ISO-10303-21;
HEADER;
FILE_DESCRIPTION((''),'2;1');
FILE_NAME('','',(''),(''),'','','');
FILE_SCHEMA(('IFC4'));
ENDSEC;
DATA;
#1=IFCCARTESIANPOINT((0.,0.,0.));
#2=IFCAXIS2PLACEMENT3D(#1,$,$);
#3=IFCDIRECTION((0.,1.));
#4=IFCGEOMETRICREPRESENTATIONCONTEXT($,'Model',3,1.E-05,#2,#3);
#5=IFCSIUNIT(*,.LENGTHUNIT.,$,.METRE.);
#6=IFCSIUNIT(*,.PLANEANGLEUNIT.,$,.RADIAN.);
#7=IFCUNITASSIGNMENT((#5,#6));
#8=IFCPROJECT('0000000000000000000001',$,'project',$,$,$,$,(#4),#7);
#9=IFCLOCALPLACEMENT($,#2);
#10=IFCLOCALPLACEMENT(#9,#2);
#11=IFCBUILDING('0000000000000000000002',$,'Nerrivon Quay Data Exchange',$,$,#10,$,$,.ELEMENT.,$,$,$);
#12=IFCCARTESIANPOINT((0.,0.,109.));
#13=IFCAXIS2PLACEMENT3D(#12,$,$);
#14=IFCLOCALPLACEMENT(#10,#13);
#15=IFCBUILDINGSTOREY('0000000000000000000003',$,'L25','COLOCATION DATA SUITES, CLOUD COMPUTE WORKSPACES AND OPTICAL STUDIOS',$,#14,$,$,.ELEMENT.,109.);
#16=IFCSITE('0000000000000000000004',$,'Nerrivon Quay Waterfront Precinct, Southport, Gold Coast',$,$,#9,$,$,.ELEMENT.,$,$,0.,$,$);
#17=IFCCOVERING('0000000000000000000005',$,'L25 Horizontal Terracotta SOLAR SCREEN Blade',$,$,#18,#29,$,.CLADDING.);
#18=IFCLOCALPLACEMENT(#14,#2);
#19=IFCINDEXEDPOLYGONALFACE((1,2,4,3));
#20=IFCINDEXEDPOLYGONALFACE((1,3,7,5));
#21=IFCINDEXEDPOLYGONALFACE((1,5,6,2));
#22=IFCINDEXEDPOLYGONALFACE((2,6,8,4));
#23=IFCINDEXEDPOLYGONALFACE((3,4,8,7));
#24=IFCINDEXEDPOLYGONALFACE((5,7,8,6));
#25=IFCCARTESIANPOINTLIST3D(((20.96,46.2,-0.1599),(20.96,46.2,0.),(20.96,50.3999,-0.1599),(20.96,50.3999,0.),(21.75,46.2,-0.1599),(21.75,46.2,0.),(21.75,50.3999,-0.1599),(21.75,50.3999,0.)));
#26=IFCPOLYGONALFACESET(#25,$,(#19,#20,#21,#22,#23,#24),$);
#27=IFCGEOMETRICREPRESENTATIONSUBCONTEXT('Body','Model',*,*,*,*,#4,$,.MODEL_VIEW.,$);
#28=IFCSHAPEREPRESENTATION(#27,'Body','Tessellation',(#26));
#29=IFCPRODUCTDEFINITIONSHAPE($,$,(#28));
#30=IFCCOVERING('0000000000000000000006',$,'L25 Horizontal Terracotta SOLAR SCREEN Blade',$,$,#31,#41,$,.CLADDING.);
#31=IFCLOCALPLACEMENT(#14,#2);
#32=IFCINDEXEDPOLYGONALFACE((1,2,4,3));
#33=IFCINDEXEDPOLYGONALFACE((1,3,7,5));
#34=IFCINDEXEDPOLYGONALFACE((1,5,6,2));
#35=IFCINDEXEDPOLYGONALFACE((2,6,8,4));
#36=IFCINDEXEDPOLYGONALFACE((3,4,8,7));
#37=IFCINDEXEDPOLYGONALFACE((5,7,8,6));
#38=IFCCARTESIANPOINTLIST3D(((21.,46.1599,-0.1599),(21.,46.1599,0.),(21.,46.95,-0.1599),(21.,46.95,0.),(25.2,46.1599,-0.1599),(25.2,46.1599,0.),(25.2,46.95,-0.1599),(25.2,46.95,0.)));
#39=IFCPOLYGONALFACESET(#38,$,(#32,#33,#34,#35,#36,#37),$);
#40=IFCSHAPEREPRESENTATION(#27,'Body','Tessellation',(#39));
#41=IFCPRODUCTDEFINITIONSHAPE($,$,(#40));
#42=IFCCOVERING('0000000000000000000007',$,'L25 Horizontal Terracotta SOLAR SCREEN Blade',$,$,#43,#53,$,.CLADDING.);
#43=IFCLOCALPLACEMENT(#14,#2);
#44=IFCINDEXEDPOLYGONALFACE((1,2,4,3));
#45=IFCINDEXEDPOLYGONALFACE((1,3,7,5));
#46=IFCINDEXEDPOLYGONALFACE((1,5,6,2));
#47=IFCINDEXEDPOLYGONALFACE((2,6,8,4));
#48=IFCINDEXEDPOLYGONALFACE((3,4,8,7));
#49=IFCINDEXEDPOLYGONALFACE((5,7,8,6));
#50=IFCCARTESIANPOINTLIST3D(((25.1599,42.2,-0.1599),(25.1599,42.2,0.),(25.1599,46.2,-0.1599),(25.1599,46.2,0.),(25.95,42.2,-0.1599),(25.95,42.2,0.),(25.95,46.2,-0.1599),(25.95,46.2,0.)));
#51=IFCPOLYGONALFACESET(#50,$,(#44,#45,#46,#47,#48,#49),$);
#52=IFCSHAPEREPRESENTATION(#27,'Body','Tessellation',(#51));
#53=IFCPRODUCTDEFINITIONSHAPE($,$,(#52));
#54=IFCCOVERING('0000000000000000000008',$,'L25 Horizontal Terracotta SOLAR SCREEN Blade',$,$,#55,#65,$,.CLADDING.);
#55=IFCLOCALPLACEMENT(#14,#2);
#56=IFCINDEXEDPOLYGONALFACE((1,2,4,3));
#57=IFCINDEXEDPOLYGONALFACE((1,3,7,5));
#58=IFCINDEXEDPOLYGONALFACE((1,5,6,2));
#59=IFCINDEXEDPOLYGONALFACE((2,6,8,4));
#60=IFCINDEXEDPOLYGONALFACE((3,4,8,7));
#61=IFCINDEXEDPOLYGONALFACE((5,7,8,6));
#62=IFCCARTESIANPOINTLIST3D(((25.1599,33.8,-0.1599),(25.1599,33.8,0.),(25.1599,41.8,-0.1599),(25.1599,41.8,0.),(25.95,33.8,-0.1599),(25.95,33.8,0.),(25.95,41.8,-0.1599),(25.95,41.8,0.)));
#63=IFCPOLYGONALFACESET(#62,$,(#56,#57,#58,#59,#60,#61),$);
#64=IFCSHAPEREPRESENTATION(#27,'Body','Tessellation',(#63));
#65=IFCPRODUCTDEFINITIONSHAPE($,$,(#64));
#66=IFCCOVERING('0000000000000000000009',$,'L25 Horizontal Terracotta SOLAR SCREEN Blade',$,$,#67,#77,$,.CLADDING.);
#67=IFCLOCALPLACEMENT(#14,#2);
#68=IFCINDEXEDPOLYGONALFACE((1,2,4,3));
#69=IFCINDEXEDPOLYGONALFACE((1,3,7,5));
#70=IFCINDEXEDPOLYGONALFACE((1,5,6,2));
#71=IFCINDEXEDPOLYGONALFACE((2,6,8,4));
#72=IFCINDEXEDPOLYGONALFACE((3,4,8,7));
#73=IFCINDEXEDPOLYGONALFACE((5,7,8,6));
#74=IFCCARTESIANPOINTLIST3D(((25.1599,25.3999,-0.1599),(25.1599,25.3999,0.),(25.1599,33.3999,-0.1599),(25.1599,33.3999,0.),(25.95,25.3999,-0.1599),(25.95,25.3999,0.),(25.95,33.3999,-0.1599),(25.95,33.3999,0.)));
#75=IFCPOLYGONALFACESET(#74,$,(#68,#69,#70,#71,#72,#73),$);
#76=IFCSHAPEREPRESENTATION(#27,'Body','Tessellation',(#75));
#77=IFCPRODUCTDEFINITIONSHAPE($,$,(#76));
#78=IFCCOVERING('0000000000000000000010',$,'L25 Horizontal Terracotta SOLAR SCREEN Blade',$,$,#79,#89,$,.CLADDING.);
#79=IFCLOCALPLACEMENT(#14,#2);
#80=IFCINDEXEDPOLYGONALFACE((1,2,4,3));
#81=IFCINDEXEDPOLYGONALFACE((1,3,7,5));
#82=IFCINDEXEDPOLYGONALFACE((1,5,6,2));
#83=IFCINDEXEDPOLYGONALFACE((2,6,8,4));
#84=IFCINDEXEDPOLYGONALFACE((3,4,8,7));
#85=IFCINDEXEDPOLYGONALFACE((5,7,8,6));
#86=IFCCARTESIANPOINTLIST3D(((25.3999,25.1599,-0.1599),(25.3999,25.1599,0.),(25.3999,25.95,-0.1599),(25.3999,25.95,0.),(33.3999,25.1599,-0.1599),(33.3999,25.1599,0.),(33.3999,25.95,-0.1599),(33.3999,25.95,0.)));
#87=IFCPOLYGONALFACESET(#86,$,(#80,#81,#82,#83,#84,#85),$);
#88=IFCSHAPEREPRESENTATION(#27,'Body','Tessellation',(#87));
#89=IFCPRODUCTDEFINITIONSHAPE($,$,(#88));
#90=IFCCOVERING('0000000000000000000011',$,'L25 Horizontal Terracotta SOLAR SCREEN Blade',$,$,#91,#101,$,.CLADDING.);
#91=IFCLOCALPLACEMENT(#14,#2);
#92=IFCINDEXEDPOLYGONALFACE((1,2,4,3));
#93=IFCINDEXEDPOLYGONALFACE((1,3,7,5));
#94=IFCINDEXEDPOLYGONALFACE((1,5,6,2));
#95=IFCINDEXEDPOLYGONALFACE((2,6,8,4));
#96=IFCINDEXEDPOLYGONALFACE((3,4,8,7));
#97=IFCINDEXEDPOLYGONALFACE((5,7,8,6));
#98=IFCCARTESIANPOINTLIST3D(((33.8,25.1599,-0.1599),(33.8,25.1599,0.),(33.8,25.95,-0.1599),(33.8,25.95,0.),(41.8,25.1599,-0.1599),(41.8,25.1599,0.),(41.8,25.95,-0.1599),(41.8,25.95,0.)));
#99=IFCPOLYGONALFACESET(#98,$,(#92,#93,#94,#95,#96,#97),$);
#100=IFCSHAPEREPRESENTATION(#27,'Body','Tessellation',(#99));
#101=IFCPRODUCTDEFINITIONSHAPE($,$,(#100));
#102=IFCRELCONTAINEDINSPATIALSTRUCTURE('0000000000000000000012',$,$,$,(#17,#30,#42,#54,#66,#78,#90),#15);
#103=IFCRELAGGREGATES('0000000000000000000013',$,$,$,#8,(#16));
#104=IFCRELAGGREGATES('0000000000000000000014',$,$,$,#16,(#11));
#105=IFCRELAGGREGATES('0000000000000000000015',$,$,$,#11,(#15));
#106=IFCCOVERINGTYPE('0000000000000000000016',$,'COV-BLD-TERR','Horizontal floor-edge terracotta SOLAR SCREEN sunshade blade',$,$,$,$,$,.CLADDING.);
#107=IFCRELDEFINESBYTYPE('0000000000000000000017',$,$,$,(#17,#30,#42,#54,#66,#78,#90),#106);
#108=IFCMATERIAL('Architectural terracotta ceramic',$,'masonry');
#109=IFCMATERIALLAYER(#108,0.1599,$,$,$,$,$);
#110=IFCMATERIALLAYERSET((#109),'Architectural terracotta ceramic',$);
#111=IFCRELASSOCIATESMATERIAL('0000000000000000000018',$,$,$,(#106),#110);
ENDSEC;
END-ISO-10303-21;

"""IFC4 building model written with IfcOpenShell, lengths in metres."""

from ifc_helpers import new_model, si_unit, direction, frame, origin, place, context, subcontext, project, spatial, polyline, outline, extrude, material, layer, layer_set, type_object, element, save


model = new_model("IFC4")

# Units and contexts
model_context = context("Model", 3, precision=1e-05, world=origin(), true_north=direction((0.0, 1.0)))
body_context = subcontext(model_context, "Body", "Model", "MODEL_VIEW")
ifc_project = project(units=[si_unit("LENGTHUNIT", "METRE"), si_unit("PLANEANGLEUNIT", "RADIAN")], contexts=[model_context])

# Site, building, storey
site_placement = place(None, origin())
site = spatial("IfcSite", under=ifc_project, at=site_placement, Name="Nerrivon Quay Waterfront Precinct, Southport, Gold Coast", CompositionType="ELEMENT", RefElevation=0.0)
building_placement = place(site_placement, origin())
building = spatial("IfcBuilding", under=site, at=building_placement, Name="Nerrivon Quay Data Exchange", CompositionType="ELEMENT")
storey_placement = place(building_placement, frame((0.0, 0.0, 109.0)))
storey = spatial("IfcBuildingStorey", under=building, at=storey_placement, Name="L25", Description="COLOCATION DATA SUITES, CLOUD COMPUTE WORKSPACES AND OPTICAL STUDIOS", CompositionType="ELEMENT", Elevation=109.0)

# Coverings
ifc_material_1 = material(Name="Architectural terracotta ceramic", Category="masonry")
ifc_layer_1 = layer(ifc_material_1, 0.1599)
ifc_layer_set_1 = layer_set([ifc_layer_1], Name="Architectural terracotta ceramic")
covering_type = type_object("IfcCoveringType", Name="COV-BLD-TERR", Description="Horizontal floor-edge terracotta SOLAR SCREEN sunshade blade", PredefinedType="CLADDING", material=ifc_layer_set_1)
covering_1_placement = place(storey_placement, frame((0.0, 0.0, -0.1599)))
element("IfcCovering", 1, at=covering_1_placement, inside=storey, type_object=covering_type, Name="L25 Horizontal Terracotta SOLAR SCREEN Blade", PredefinedType="CLADDING", context=body_context, shape_type="SweptSolid", body=[
    extrude(outline(polyline([(20.96, 50.3999), (20.96, 46.2), (21.75, 46.2), (21.75, 50.3999), (20.96, 50.3999)])), origin(), (0.0, 0.0, 1.0), 0.1599),
])
covering_2_placement = place(storey_placement, frame((0.0, 0.0, -0.1599)))
element("IfcCovering", 2, at=covering_2_placement, inside=storey, type_object=covering_type, Name="L25 Horizontal Terracotta SOLAR SCREEN Blade", PredefinedType="CLADDING", context=body_context, shape_type="SweptSolid", body=[
    extrude(outline(polyline([(21.0, 46.1599), (25.2, 46.1599), (25.2, 46.95), (21.0, 46.95), (21.0, 46.1599)])), origin(), (0.0, 0.0, 1.0), 0.1599),
])
covering_3_placement = place(storey_placement, frame((0.0, 0.0, -0.1599)))
element("IfcCovering", 3, at=covering_3_placement, inside=storey, type_object=covering_type, Name="L25 Horizontal Terracotta SOLAR SCREEN Blade", PredefinedType="CLADDING", context=body_context, shape_type="SweptSolid", body=[
    extrude(outline(polyline([(25.1599, 46.2), (25.1599, 42.2), (25.95, 42.2), (25.95, 46.2), (25.1599, 46.2)])), origin(), (0.0, 0.0, 1.0), 0.1599),
])
covering_4_placement = place(storey_placement, frame((0.0, 0.0, -0.1599)))
element("IfcCovering", 4, at=covering_4_placement, inside=storey, type_object=covering_type, Name="L25 Horizontal Terracotta SOLAR SCREEN Blade", PredefinedType="CLADDING", context=body_context, shape_type="SweptSolid", body=[
    extrude(outline(polyline([(25.1599, 41.8), (25.1599, 33.8), (25.95, 33.8), (25.95, 41.8), (25.1599, 41.8)])), origin(), (0.0, 0.0, 1.0), 0.1599),
])
covering_5_placement = place(storey_placement, frame((0.0, 0.0, -0.1599)))
element("IfcCovering", 5, at=covering_5_placement, inside=storey, type_object=covering_type, Name="L25 Horizontal Terracotta SOLAR SCREEN Blade", PredefinedType="CLADDING", context=body_context, shape_type="SweptSolid", body=[
    extrude(outline(polyline([(25.1599, 33.3999), (25.1599, 25.3999), (25.95, 25.3999), (25.95, 33.3999), (25.1599, 33.3999)])), origin(), (0.0, 0.0, 1.0), 0.1599),
])
covering_6_placement = place(storey_placement, frame((0.0, 0.0, -0.1599)))
element("IfcCovering", 6, at=covering_6_placement, inside=storey, type_object=covering_type, Name="L25 Horizontal Terracotta SOLAR SCREEN Blade", PredefinedType="CLADDING", context=body_context, shape_type="SweptSolid", body=[
    extrude(outline(polyline([(25.3999, 25.1599), (33.3999, 25.1599), (33.3999, 25.95), (25.3999, 25.95), (25.3999, 25.1599)])), origin(), (0.0, 0.0, 1.0), 0.1599),
])
covering_7_placement = place(storey_placement, frame((0.0, 0.0, -0.1599)))
element("IfcCovering", 7, at=covering_7_placement, inside=storey, type_object=covering_type, Name="L25 Horizontal Terracotta SOLAR SCREEN Blade", PredefinedType="CLADDING", context=body_context, shape_type="SweptSolid", body=[
    extrude(outline(polyline([(33.8, 25.1599), (41.8, 25.1599), (41.8, 25.95), (33.8, 25.95), (33.8, 25.1599)])), origin(), (0.0, 0.0, 1.0), 0.1599),
])

save(model, "model.ifc")
